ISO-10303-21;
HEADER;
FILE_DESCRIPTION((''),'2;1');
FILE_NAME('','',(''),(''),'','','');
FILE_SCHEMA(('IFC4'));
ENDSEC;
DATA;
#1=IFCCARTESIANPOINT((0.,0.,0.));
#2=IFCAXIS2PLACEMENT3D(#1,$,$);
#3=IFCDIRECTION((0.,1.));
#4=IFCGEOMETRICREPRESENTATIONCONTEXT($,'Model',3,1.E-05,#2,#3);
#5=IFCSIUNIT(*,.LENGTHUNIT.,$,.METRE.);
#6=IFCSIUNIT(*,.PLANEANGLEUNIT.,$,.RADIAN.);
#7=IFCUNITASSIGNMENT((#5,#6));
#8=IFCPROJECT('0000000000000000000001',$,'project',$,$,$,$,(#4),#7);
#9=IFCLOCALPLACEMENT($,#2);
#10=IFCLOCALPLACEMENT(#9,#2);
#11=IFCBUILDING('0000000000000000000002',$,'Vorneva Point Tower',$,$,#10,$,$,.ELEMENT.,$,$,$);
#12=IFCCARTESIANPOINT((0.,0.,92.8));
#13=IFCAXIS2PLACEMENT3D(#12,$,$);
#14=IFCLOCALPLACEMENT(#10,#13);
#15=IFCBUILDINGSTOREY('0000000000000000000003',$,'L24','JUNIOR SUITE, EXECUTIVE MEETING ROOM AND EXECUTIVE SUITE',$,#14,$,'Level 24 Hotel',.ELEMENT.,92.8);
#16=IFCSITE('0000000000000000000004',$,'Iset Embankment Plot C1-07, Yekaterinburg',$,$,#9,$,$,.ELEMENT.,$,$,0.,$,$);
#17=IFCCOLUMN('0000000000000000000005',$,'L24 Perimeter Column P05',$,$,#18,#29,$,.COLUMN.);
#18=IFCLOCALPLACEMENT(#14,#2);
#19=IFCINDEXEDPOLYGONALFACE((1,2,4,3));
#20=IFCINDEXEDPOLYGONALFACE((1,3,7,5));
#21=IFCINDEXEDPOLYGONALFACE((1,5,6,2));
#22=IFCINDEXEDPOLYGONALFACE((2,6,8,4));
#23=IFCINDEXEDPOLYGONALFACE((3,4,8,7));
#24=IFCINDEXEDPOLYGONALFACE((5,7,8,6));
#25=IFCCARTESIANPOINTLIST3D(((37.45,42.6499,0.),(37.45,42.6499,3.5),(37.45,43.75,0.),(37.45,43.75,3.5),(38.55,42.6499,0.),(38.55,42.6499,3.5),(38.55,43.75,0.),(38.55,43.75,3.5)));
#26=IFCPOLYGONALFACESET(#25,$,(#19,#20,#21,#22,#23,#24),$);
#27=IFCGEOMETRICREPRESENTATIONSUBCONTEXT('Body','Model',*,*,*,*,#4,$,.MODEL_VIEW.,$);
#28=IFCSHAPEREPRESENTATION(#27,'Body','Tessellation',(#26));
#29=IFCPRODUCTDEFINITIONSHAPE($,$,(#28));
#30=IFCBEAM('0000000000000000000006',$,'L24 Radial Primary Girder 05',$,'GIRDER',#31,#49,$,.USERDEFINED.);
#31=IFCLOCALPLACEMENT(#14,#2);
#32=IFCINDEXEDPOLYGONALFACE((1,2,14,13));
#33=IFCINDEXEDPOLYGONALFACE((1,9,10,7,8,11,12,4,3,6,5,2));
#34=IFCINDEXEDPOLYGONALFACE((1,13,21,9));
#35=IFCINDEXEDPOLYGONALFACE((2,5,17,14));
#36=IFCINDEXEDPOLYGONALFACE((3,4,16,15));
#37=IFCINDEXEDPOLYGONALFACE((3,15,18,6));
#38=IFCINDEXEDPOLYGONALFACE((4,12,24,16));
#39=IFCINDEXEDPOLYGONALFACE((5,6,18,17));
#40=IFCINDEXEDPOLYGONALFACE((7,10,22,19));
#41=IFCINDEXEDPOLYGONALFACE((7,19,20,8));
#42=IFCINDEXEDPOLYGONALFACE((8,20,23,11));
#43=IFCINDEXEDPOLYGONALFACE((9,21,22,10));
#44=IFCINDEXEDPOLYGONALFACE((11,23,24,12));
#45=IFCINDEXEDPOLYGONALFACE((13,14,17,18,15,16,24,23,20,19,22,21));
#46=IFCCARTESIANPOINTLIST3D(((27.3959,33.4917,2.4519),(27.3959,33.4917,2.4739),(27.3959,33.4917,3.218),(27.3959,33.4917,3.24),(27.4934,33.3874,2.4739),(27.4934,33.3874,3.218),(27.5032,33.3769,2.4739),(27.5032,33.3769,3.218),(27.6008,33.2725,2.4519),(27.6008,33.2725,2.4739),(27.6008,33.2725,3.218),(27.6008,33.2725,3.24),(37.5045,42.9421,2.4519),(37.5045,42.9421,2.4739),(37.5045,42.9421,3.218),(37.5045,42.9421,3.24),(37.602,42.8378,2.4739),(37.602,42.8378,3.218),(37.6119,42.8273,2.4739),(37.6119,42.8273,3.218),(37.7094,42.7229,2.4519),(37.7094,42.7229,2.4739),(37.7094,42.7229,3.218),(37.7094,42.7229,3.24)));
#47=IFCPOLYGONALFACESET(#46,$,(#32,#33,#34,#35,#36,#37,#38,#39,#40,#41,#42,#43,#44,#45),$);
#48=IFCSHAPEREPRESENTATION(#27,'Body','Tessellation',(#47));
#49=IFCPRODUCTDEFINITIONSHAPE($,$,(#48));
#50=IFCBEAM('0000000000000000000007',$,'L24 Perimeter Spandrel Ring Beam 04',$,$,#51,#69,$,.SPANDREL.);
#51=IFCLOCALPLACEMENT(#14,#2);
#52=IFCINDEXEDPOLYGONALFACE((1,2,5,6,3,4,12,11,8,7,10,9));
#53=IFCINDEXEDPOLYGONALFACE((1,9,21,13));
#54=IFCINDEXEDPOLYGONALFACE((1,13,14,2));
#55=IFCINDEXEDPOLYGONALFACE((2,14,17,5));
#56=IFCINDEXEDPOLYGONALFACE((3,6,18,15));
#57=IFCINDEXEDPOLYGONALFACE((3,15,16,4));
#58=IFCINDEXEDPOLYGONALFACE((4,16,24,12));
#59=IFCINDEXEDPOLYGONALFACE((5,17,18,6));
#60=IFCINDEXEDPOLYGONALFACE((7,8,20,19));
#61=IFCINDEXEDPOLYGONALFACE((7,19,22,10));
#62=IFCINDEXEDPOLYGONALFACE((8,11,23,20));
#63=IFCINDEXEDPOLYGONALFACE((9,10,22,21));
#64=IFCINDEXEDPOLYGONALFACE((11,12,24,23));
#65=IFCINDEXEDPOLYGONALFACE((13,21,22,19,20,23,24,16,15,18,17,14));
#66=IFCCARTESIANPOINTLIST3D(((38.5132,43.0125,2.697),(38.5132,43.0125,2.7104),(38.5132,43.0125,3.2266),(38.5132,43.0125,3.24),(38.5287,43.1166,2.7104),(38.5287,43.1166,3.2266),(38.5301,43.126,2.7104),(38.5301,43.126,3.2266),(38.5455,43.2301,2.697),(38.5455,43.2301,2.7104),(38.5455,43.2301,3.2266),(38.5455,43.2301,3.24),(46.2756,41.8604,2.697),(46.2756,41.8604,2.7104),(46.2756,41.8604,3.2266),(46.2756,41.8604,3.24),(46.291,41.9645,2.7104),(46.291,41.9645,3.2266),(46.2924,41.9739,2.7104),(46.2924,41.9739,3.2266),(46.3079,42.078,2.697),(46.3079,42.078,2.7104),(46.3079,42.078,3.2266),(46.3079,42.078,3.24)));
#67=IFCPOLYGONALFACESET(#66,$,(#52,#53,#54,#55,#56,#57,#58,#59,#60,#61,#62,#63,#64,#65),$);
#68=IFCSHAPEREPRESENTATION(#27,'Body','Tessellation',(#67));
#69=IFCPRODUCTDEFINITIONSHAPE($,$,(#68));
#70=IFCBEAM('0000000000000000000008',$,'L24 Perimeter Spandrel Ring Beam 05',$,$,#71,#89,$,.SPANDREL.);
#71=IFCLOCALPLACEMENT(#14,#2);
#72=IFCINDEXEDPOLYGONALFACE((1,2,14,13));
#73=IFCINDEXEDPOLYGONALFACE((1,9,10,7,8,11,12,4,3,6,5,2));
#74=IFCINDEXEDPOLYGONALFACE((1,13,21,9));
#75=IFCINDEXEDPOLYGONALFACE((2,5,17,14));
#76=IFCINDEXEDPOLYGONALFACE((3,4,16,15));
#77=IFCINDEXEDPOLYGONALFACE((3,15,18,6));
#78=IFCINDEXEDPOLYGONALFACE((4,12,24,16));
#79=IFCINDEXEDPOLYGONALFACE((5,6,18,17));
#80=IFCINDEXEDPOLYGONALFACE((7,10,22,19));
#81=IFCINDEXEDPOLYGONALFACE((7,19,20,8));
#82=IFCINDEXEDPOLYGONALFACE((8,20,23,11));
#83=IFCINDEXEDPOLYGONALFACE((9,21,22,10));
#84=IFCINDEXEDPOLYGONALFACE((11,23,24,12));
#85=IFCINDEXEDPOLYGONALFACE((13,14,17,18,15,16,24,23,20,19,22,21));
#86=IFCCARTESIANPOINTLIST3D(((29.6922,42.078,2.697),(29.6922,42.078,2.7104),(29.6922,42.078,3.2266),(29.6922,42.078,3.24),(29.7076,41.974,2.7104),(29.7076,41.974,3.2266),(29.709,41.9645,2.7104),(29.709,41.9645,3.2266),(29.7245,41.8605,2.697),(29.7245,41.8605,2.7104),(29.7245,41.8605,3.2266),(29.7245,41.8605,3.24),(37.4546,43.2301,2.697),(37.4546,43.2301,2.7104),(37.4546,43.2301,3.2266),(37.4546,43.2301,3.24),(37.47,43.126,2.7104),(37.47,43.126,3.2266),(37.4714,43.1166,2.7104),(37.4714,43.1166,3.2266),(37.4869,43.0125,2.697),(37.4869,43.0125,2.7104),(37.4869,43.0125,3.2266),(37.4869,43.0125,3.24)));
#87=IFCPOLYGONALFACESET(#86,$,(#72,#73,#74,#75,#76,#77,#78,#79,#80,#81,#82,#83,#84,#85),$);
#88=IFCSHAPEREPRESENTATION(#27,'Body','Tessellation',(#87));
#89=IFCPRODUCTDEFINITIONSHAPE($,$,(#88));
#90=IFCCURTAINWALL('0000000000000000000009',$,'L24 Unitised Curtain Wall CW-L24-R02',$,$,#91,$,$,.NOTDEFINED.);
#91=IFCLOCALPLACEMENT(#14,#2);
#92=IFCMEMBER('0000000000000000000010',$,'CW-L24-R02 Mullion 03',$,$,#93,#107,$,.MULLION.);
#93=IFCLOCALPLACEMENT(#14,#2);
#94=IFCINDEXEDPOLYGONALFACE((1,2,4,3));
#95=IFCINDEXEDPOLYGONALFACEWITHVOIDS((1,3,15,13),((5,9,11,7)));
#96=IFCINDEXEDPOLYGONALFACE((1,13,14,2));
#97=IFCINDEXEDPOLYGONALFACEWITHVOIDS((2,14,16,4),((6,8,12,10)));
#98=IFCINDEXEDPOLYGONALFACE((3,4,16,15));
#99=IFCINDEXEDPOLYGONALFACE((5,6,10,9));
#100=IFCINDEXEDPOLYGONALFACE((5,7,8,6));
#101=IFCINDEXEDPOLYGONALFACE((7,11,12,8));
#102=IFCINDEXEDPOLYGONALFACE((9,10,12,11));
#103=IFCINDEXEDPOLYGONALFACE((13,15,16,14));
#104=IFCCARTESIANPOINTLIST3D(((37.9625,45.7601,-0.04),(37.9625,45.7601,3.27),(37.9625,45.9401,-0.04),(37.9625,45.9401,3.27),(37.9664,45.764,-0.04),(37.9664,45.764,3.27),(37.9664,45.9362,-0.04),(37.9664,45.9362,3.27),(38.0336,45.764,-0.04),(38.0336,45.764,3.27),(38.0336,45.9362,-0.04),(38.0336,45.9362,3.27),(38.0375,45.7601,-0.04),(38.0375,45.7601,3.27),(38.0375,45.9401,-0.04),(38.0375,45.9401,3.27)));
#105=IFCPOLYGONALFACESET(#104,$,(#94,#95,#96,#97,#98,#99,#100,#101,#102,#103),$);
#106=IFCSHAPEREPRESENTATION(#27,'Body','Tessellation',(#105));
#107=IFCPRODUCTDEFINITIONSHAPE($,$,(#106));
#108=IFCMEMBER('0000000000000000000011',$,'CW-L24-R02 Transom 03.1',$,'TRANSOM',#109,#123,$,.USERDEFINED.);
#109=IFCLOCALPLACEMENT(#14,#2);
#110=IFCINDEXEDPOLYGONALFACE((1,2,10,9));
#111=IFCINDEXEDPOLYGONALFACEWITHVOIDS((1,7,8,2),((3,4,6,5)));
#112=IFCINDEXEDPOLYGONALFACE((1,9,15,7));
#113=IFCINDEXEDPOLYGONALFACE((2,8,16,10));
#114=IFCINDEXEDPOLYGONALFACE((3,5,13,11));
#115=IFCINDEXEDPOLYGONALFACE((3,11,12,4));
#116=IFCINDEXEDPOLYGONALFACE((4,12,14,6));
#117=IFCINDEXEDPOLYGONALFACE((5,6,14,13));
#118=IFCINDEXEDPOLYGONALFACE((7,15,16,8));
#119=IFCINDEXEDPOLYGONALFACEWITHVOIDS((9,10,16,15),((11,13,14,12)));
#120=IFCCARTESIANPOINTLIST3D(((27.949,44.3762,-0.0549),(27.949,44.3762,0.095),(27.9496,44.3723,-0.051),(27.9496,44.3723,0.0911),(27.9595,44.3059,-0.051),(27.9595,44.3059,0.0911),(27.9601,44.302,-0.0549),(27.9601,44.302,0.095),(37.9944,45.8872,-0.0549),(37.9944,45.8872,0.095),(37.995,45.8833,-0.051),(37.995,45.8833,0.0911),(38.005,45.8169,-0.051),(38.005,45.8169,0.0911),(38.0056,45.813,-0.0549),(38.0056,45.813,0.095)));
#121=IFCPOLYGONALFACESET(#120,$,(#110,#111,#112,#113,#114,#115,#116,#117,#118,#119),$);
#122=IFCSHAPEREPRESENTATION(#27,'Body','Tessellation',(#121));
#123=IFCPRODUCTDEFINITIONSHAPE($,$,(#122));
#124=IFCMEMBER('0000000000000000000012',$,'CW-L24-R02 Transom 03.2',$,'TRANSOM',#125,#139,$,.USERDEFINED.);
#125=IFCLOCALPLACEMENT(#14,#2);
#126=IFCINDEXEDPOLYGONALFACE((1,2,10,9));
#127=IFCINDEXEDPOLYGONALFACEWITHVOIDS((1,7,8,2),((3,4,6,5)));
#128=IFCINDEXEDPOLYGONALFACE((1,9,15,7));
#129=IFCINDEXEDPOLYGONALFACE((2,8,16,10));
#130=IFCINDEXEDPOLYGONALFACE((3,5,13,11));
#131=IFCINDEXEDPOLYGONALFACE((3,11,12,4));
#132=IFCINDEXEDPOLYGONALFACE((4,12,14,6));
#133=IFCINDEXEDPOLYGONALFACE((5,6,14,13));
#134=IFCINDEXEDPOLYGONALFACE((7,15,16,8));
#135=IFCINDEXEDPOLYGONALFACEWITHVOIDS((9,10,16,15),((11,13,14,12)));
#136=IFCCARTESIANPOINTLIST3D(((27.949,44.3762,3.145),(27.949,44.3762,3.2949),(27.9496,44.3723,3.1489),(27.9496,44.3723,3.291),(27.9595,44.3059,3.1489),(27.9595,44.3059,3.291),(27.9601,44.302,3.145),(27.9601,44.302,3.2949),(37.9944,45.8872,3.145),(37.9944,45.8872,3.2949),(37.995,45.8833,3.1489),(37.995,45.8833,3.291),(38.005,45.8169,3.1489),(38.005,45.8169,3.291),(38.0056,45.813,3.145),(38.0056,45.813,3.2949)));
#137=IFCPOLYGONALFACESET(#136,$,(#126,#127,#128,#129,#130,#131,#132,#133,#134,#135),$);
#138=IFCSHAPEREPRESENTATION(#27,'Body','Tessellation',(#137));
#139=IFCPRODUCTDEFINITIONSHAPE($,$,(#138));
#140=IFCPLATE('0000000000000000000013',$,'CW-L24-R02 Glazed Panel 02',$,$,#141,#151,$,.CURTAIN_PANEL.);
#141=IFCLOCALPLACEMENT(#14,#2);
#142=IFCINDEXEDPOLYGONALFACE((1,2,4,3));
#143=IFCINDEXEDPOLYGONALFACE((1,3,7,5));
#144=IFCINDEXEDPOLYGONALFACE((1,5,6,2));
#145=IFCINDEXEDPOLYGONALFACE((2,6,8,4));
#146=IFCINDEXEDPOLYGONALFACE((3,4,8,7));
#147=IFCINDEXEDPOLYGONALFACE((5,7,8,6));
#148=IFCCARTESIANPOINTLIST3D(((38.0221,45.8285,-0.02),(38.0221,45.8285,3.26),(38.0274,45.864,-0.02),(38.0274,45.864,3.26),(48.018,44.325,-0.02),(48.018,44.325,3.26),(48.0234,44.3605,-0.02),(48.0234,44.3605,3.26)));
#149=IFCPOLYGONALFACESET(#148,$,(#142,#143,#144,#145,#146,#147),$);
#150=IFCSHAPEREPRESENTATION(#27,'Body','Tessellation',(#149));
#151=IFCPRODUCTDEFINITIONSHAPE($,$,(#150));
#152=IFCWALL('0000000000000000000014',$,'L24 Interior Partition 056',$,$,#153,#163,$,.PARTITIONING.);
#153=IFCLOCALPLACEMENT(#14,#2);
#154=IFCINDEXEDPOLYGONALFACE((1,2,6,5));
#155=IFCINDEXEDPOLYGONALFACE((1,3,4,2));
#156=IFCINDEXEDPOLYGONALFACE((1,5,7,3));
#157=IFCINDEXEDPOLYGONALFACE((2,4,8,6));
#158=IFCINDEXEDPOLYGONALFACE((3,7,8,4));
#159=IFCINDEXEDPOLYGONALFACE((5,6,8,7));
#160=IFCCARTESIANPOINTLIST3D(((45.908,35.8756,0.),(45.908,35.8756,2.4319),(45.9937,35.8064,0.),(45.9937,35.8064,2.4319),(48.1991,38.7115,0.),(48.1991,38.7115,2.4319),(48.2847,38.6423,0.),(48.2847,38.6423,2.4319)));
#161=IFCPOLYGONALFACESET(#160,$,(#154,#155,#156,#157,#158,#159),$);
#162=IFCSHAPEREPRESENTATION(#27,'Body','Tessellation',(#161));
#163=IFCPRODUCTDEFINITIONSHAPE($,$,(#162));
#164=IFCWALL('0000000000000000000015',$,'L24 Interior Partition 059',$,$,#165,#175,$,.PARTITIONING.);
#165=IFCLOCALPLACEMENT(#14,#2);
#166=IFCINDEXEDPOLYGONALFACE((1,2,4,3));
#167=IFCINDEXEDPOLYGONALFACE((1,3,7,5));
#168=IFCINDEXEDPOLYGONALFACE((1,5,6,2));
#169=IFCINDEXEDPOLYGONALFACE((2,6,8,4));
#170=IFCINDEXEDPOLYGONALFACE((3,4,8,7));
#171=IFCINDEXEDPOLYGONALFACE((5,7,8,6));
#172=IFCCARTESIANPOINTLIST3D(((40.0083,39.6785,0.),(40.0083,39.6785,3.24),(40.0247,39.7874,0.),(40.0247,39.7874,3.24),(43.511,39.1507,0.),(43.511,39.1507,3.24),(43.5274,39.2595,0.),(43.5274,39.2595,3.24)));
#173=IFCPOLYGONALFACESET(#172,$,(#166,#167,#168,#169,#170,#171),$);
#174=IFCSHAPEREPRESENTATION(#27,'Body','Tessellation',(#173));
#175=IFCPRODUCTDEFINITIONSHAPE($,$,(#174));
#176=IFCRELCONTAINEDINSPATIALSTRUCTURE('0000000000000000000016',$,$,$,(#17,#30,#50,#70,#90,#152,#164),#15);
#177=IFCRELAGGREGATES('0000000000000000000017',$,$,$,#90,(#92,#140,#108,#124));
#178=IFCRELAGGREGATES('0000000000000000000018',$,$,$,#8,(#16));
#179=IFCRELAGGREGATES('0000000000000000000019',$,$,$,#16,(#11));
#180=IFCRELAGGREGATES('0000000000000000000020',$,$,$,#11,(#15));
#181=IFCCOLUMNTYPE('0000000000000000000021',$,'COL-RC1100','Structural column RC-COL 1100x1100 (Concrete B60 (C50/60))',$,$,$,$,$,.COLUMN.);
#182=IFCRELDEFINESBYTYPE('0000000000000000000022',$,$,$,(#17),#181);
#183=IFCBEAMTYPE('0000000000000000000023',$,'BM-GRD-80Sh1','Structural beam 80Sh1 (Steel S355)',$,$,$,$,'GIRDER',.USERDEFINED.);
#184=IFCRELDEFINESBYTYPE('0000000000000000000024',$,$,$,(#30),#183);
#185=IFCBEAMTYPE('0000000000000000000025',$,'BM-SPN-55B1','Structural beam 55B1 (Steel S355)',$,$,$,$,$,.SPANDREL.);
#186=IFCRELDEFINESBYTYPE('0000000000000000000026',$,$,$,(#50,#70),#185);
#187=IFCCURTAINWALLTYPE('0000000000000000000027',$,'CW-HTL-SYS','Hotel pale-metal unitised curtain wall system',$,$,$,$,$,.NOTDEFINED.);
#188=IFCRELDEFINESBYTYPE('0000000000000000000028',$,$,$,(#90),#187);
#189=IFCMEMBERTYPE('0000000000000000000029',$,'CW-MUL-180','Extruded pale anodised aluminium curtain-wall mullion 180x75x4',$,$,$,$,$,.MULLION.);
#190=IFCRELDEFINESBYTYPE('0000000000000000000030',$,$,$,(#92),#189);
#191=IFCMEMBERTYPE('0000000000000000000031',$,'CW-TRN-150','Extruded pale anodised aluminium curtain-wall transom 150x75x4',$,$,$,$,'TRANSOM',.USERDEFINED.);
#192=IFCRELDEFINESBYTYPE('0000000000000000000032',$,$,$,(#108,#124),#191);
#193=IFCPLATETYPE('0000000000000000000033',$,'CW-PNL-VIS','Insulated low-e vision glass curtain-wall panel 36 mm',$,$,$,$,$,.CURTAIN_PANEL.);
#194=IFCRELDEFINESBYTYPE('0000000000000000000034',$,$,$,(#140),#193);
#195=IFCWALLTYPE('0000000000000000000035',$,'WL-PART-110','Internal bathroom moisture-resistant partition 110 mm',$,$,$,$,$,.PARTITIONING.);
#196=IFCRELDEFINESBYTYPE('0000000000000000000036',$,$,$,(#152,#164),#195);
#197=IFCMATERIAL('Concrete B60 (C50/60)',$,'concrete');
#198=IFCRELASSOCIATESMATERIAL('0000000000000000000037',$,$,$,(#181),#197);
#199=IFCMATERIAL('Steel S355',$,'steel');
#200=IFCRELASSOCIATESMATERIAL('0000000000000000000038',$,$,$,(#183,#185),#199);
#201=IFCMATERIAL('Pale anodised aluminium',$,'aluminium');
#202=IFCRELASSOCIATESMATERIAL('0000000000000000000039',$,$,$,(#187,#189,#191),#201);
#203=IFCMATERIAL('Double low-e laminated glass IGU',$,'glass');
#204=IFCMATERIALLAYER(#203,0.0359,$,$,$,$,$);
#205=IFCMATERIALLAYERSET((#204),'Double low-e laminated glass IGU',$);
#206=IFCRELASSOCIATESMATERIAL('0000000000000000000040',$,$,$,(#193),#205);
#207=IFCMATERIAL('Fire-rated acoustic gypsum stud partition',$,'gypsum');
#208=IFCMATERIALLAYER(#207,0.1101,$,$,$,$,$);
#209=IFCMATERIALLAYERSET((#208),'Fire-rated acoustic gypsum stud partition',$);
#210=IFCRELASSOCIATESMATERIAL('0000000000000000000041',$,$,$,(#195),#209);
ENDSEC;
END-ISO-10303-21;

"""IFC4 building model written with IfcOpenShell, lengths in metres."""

from ifc_helpers import new_model, si_unit, direction, frame, frame_2d, origin, origin_2d, place, context, subcontext, project, spatial, rectangle, hollow_rectangle, i_section, extrude, material, layer, layer_set, material_profile, profile_set, type_object, element, aggregate, save


model = new_model("IFC4")

# Units and contexts
model_context = context("Model", 3, precision=1e-05, world=origin(), true_north=direction((0.0, 1.0)))
body_context = subcontext(model_context, "Body", "Model", "MODEL_VIEW")
ifc_project = project(units=[si_unit("LENGTHUNIT", "METRE"), si_unit("PLANEANGLEUNIT", "RADIAN")], contexts=[model_context])

# Site, building, storey
site_placement = place(None, origin())
site = spatial("IfcSite", under=ifc_project, at=site_placement, Name="Iset Embankment Plot C1-07, Yekaterinburg", CompositionType="ELEMENT", RefElevation=0.0)
building_placement = place(site_placement, origin())
building = spatial("IfcBuilding", under=site, at=building_placement, Name="Vorneva Point Tower", CompositionType="ELEMENT")
storey_placement = place(building_placement, frame((0.0, 0.0, 92.8)))
storey = spatial("IfcBuildingStorey", under=building, at=storey_placement, Name="L24", Description="JUNIOR SUITE, EXECUTIVE MEETING ROOM AND EXECUTIVE SUITE", LongName="Level 24 Hotel", CompositionType="ELEMENT", Elevation=92.8)

# Column
ifc_material_1 = material(Name="Concrete B60 (C50/60)", Category="concrete")
ifc_material_profile_1 = material_profile(ifc_material_1, rectangle(XDim=1.1001, YDim=1.1001, at=origin_2d()), Name="RC-COL 1100x1100")
ifc_profile_set_1 = profile_set([ifc_material_profile_1], Name="Concrete B60 (C50/60)")
column_type = type_object("IfcColumnType", Name="COL-RC1100", Description="Structural column RC-COL 1100x1100 (Concrete B60 (C50/60))", PredefinedType="COLUMN", material=ifc_profile_set_1)
column_placement = place(storey_placement, frame((38.0, 43.2, 0.0), z_axis=(0.0, 0.0, 1.0), x_axis=(0.0, 1.0, 0.0)))
element("IfcColumn", 1, at=column_placement, inside=storey, type_object=column_type, Name="L24 Perimeter Column P05", PredefinedType="COLUMN", context=body_context, shape_type="SweptSolid", body=[
    extrude(rectangle(XDim=1.1001, YDim=1.1001, at=origin_2d()), origin(), (0.0, 0.0, 1.0), 3.5),
])

# Beams
ifc_material_2 = material(Name="Steel S355", Category="steel")
ifc_material_profile_2 = material_profile(ifc_material_2, i_section(OverallWidth=0.3, OverallDepth=0.7881, WebThickness=0.0144, FlangeThickness=0.022, at=origin_2d()), Name="80Sh1")
ifc_profile_set_2 = profile_set([ifc_material_profile_2], Name="Steel S355")
beam_type_1 = type_object("IfcBeamType", Name="BM-GRD-80Sh1", Description="Structural beam 80Sh1 (Steel S355)", ElementType="GIRDER", PredefinedType="USERDEFINED", material=ifc_profile_set_2)
beam_placement = place(storey_placement, frame((37.6069, 42.8325, 2.8459), z_axis=(-0.730489, -0.682925, 0.0), x_axis=(0.682925, -0.730489, 0.0)))
element("IfcBeam", 2, at=beam_placement, inside=storey, type_object=beam_type_1, Name="L24 Radial Primary Girder 05", ObjectType="GIRDER", PredefinedType="USERDEFINED", context=body_context, shape_type="SweptSolid", body=[
    extrude(i_section(OverallWidth=0.3, OverallDepth=0.7881, WebThickness=0.0144, FlangeThickness=0.022, at=origin_2d()), origin(), (0.0, 0.0, 1.0), 13.8381),
])
ifc_material_profile_3 = material_profile(ifc_material_2, i_section(OverallWidth=0.22, OverallDepth=0.543, WebThickness=0.0095, FlangeThickness=0.0134, at=origin_2d()), Name="55B1")
ifc_profile_set_3 = profile_set([ifc_material_profile_3], Name="Steel S355")
beam_type_2 = type_object("IfcBeamType", Name="BM-SPN-55B1", Description="Structural beam 55B1 (Steel S355)", PredefinedType="SPANDREL", material=ifc_profile_set_3)
for number, where, z_axis, x_axis, name in (
    (3, (46.2917, 41.9692, 2.9685), (-0.989165, 0.146811, 0.0), (-0.146811, -0.989165, 0.0), "L24 Perimeter Spandrel Ring Beam 04"),
    (4, (37.4707, 43.1213, 2.9685), (-0.989165, -0.146811, 0.0), (0.146811, -0.989165, 0.0), "L24 Perimeter Spandrel Ring Beam 05"),
):
    element("IfcBeam", number, at=place(storey_placement, frame(where, z_axis=z_axis, x_axis=x_axis)), inside=storey, type_object=beam_type_2, Name=name, PredefinedType="SPANDREL", context=body_context, shape_type="SweptSolid", body=[
        extrude(i_section(OverallWidth=0.22, OverallDepth=0.543, WebThickness=0.0095, FlangeThickness=0.0134, at=origin_2d()), origin(), (0.0, 0.0, 1.0), 7.8474),
    ])

# Curtain wall, members, plate
ifc_material_3 = material(Name="Pale anodised aluminium", Category="aluminium")
curtain_wall_type = type_object("IfcCurtainWallType", Name="CW-HTL-SYS", Description="Hotel pale-metal unitised curtain wall system", PredefinedType="NOTDEFINED", material=ifc_material_3)
curtain_wall_placement = place(storey_placement, origin())
curtain_wall = element("IfcCurtainWall", 5, at=curtain_wall_placement, inside=storey, type_object=curtain_wall_type, Name="L24 Unitised Curtain Wall CW-L24-R02", PredefinedType="NOTDEFINED")
ifc_material_profile_4 = material_profile(ifc_material_3, hollow_rectangle(XDim=0.075, YDim=0.1799, WallThickness=0.0039, at=origin_2d()), Name="AL-MUL 180x75x4")
ifc_profile_set_4 = profile_set([ifc_material_profile_4], Name="Pale anodised aluminium")
member_type_1 = type_object("IfcMemberType", Name="CW-MUL-180", Description="Extruded pale anodised aluminium curtain-wall mullion 180x75x4", PredefinedType="MULLION", material=ifc_profile_set_4)
member_1_placement = place(storey_placement, frame((38.0, 45.8501, -0.04), z_axis=(0.0, 0.0, 1.0), x_axis=(1.0, 0.0, 0.0)))
member_1 = element("IfcMember", 6, at=member_1_placement, type_object=member_type_1, Name="CW-L24-R02 Mullion 03", PredefinedType="MULLION", context=body_context, shape_type="SweptSolid", body=[
    extrude(hollow_rectangle(XDim=0.075, YDim=0.1799, WallThickness=0.0039, at=origin_2d()), origin(), (0.0, 0.0, 1.0), 3.3101),
])
ifc_material_profile_5 = material_profile(ifc_material_3, hollow_rectangle(XDim=0.075, YDim=0.1499, WallThickness=0.0039, at=origin_2d()), Name="AL-TRN 150x75x4")
ifc_profile_set_5 = profile_set([ifc_material_profile_5], Name="Pale anodised aluminium")
member_type_2 = type_object("IfcMemberType", Name="CW-TRN-150", Description="Extruded pale anodised aluminium curtain-wall transom 150x75x4", ElementType="TRANSOM", PredefinedType="USERDEFINED", material=ifc_profile_set_5)
member_2_placement = place(storey_placement, frame((38.0, 45.8501, 0.02), z_axis=(-0.988876, -0.148742, 0.0), x_axis=(0.148742, -0.988876, 0.0)))
member_2 = element("IfcMember", 7, at=member_2_placement, type_object=member_type_2, Name="CW-L24-R02 Transom 03.1", ObjectType="TRANSOM", PredefinedType="USERDEFINED", context=body_context, shape_type="SweptSolid", body=[
    extrude(hollow_rectangle(XDim=0.075, YDim=0.1499, WallThickness=0.0039, at=origin_2d()), origin(), (0.0, 0.0, 1.0), 10.1584),
])
member_3_placement = place(storey_placement, frame((38.0, 45.8501, 3.22), z_axis=(-0.988876, -0.148742, 0.0), x_axis=(0.148742, -0.988876, 0.0)))
member_3 = element("IfcMember", 8, at=member_3_placement, type_object=member_type_2, Name="CW-L24-R02 Transom 03.2", ObjectType="TRANSOM", PredefinedType="USERDEFINED", context=body_context, shape_type="SweptSolid", body=[
    extrude(hollow_rectangle(XDim=0.075, YDim=0.1499, WallThickness=0.0039, at=origin_2d()), origin(), (0.0, 0.0, 1.0), 10.1584),
])
ifc_material_4 = material(Name="Double low-e laminated glass IGU", Category="glass")
ifc_layer_1 = layer(ifc_material_4, 0.0359)
ifc_layer_set_1 = layer_set([ifc_layer_1], Name="Double low-e laminated glass IGU")
plate_type = type_object("IfcPlateType", Name="CW-PNL-VIS", Description="Insulated low-e vision glass curtain-wall panel 36 mm", PredefinedType="CURTAIN_PANEL", material=ifc_layer_set_1)
plate_placement = place(storey_placement, frame((43.0227, 45.0945, -0.02), z_axis=(0.0, 0.0, 1.0), x_axis=(-0.988876, 0.148741, 0.0)))
plate = element("IfcPlate", 9, at=plate_placement, type_object=plate_type, Name="CW-L24-R02 Glazed Panel 02", PredefinedType="CURTAIN_PANEL", context=body_context, shape_type="SweptSolid", body=[
    extrude(rectangle(XDim=10.1084, YDim=0.0359, at=origin_2d()), origin(), (0.0, 0.0, 1.0), 3.28),
])
aggregate(curtain_wall, [member_1, plate, member_2, member_3])

# Walls
ifc_material_5 = material(Name="Fire-rated acoustic gypsum stud partition", Category="gypsum")
ifc_layer_2 = layer(ifc_material_5, 0.1101)
ifc_layer_set_2 = layer_set([ifc_layer_2], Name="Fire-rated acoustic gypsum stud partition")
wall_type_1 = type_object("IfcWallType", Name="WL-PART-110", Description="Internal bathroom moisture-resistant partition 110 mm", PredefinedType="PARTITIONING", material=ifc_layer_set_2)
wall_1_placement = place(storey_placement, frame((45.9509, 35.8411, 0.0), z_axis=(0.0, 0.0, 1.0), x_axis=(0.628412, 0.777881, 0.0)))
element("IfcWall", 10, at=wall_1_placement, inside=storey, type_object=wall_type_1, Name="L24 Interior Partition 056", PredefinedType="PARTITIONING", context=body_context, shape_type="SweptSolid", body=[
    extrude(rectangle(XDim=3.6458, YDim=0.1101, at=frame_2d((1.8228, 0.0))), origin(), (0.0, 0.0, 1.0), 2.4319),
])
wall_2_placement = place(storey_placement, frame((40.0166, 39.7329, 0.0), z_axis=(0.0, 0.0, 1.0), x_axis=(0.988836, -0.149011, 0.0)))
element("IfcWall", 11, at=wall_2_placement, inside=storey, type_object=wall_type_1, Name="L24 Interior Partition 059", PredefinedType="PARTITIONING", context=body_context, shape_type="SweptSolid", body=[
    extrude(rectangle(XDim=3.5422, YDim=0.1101, at=frame_2d((1.771, 0.0))), origin(), (0.0, 0.0, 1.0), 3.24),
])

save(model, "model.ifc")
